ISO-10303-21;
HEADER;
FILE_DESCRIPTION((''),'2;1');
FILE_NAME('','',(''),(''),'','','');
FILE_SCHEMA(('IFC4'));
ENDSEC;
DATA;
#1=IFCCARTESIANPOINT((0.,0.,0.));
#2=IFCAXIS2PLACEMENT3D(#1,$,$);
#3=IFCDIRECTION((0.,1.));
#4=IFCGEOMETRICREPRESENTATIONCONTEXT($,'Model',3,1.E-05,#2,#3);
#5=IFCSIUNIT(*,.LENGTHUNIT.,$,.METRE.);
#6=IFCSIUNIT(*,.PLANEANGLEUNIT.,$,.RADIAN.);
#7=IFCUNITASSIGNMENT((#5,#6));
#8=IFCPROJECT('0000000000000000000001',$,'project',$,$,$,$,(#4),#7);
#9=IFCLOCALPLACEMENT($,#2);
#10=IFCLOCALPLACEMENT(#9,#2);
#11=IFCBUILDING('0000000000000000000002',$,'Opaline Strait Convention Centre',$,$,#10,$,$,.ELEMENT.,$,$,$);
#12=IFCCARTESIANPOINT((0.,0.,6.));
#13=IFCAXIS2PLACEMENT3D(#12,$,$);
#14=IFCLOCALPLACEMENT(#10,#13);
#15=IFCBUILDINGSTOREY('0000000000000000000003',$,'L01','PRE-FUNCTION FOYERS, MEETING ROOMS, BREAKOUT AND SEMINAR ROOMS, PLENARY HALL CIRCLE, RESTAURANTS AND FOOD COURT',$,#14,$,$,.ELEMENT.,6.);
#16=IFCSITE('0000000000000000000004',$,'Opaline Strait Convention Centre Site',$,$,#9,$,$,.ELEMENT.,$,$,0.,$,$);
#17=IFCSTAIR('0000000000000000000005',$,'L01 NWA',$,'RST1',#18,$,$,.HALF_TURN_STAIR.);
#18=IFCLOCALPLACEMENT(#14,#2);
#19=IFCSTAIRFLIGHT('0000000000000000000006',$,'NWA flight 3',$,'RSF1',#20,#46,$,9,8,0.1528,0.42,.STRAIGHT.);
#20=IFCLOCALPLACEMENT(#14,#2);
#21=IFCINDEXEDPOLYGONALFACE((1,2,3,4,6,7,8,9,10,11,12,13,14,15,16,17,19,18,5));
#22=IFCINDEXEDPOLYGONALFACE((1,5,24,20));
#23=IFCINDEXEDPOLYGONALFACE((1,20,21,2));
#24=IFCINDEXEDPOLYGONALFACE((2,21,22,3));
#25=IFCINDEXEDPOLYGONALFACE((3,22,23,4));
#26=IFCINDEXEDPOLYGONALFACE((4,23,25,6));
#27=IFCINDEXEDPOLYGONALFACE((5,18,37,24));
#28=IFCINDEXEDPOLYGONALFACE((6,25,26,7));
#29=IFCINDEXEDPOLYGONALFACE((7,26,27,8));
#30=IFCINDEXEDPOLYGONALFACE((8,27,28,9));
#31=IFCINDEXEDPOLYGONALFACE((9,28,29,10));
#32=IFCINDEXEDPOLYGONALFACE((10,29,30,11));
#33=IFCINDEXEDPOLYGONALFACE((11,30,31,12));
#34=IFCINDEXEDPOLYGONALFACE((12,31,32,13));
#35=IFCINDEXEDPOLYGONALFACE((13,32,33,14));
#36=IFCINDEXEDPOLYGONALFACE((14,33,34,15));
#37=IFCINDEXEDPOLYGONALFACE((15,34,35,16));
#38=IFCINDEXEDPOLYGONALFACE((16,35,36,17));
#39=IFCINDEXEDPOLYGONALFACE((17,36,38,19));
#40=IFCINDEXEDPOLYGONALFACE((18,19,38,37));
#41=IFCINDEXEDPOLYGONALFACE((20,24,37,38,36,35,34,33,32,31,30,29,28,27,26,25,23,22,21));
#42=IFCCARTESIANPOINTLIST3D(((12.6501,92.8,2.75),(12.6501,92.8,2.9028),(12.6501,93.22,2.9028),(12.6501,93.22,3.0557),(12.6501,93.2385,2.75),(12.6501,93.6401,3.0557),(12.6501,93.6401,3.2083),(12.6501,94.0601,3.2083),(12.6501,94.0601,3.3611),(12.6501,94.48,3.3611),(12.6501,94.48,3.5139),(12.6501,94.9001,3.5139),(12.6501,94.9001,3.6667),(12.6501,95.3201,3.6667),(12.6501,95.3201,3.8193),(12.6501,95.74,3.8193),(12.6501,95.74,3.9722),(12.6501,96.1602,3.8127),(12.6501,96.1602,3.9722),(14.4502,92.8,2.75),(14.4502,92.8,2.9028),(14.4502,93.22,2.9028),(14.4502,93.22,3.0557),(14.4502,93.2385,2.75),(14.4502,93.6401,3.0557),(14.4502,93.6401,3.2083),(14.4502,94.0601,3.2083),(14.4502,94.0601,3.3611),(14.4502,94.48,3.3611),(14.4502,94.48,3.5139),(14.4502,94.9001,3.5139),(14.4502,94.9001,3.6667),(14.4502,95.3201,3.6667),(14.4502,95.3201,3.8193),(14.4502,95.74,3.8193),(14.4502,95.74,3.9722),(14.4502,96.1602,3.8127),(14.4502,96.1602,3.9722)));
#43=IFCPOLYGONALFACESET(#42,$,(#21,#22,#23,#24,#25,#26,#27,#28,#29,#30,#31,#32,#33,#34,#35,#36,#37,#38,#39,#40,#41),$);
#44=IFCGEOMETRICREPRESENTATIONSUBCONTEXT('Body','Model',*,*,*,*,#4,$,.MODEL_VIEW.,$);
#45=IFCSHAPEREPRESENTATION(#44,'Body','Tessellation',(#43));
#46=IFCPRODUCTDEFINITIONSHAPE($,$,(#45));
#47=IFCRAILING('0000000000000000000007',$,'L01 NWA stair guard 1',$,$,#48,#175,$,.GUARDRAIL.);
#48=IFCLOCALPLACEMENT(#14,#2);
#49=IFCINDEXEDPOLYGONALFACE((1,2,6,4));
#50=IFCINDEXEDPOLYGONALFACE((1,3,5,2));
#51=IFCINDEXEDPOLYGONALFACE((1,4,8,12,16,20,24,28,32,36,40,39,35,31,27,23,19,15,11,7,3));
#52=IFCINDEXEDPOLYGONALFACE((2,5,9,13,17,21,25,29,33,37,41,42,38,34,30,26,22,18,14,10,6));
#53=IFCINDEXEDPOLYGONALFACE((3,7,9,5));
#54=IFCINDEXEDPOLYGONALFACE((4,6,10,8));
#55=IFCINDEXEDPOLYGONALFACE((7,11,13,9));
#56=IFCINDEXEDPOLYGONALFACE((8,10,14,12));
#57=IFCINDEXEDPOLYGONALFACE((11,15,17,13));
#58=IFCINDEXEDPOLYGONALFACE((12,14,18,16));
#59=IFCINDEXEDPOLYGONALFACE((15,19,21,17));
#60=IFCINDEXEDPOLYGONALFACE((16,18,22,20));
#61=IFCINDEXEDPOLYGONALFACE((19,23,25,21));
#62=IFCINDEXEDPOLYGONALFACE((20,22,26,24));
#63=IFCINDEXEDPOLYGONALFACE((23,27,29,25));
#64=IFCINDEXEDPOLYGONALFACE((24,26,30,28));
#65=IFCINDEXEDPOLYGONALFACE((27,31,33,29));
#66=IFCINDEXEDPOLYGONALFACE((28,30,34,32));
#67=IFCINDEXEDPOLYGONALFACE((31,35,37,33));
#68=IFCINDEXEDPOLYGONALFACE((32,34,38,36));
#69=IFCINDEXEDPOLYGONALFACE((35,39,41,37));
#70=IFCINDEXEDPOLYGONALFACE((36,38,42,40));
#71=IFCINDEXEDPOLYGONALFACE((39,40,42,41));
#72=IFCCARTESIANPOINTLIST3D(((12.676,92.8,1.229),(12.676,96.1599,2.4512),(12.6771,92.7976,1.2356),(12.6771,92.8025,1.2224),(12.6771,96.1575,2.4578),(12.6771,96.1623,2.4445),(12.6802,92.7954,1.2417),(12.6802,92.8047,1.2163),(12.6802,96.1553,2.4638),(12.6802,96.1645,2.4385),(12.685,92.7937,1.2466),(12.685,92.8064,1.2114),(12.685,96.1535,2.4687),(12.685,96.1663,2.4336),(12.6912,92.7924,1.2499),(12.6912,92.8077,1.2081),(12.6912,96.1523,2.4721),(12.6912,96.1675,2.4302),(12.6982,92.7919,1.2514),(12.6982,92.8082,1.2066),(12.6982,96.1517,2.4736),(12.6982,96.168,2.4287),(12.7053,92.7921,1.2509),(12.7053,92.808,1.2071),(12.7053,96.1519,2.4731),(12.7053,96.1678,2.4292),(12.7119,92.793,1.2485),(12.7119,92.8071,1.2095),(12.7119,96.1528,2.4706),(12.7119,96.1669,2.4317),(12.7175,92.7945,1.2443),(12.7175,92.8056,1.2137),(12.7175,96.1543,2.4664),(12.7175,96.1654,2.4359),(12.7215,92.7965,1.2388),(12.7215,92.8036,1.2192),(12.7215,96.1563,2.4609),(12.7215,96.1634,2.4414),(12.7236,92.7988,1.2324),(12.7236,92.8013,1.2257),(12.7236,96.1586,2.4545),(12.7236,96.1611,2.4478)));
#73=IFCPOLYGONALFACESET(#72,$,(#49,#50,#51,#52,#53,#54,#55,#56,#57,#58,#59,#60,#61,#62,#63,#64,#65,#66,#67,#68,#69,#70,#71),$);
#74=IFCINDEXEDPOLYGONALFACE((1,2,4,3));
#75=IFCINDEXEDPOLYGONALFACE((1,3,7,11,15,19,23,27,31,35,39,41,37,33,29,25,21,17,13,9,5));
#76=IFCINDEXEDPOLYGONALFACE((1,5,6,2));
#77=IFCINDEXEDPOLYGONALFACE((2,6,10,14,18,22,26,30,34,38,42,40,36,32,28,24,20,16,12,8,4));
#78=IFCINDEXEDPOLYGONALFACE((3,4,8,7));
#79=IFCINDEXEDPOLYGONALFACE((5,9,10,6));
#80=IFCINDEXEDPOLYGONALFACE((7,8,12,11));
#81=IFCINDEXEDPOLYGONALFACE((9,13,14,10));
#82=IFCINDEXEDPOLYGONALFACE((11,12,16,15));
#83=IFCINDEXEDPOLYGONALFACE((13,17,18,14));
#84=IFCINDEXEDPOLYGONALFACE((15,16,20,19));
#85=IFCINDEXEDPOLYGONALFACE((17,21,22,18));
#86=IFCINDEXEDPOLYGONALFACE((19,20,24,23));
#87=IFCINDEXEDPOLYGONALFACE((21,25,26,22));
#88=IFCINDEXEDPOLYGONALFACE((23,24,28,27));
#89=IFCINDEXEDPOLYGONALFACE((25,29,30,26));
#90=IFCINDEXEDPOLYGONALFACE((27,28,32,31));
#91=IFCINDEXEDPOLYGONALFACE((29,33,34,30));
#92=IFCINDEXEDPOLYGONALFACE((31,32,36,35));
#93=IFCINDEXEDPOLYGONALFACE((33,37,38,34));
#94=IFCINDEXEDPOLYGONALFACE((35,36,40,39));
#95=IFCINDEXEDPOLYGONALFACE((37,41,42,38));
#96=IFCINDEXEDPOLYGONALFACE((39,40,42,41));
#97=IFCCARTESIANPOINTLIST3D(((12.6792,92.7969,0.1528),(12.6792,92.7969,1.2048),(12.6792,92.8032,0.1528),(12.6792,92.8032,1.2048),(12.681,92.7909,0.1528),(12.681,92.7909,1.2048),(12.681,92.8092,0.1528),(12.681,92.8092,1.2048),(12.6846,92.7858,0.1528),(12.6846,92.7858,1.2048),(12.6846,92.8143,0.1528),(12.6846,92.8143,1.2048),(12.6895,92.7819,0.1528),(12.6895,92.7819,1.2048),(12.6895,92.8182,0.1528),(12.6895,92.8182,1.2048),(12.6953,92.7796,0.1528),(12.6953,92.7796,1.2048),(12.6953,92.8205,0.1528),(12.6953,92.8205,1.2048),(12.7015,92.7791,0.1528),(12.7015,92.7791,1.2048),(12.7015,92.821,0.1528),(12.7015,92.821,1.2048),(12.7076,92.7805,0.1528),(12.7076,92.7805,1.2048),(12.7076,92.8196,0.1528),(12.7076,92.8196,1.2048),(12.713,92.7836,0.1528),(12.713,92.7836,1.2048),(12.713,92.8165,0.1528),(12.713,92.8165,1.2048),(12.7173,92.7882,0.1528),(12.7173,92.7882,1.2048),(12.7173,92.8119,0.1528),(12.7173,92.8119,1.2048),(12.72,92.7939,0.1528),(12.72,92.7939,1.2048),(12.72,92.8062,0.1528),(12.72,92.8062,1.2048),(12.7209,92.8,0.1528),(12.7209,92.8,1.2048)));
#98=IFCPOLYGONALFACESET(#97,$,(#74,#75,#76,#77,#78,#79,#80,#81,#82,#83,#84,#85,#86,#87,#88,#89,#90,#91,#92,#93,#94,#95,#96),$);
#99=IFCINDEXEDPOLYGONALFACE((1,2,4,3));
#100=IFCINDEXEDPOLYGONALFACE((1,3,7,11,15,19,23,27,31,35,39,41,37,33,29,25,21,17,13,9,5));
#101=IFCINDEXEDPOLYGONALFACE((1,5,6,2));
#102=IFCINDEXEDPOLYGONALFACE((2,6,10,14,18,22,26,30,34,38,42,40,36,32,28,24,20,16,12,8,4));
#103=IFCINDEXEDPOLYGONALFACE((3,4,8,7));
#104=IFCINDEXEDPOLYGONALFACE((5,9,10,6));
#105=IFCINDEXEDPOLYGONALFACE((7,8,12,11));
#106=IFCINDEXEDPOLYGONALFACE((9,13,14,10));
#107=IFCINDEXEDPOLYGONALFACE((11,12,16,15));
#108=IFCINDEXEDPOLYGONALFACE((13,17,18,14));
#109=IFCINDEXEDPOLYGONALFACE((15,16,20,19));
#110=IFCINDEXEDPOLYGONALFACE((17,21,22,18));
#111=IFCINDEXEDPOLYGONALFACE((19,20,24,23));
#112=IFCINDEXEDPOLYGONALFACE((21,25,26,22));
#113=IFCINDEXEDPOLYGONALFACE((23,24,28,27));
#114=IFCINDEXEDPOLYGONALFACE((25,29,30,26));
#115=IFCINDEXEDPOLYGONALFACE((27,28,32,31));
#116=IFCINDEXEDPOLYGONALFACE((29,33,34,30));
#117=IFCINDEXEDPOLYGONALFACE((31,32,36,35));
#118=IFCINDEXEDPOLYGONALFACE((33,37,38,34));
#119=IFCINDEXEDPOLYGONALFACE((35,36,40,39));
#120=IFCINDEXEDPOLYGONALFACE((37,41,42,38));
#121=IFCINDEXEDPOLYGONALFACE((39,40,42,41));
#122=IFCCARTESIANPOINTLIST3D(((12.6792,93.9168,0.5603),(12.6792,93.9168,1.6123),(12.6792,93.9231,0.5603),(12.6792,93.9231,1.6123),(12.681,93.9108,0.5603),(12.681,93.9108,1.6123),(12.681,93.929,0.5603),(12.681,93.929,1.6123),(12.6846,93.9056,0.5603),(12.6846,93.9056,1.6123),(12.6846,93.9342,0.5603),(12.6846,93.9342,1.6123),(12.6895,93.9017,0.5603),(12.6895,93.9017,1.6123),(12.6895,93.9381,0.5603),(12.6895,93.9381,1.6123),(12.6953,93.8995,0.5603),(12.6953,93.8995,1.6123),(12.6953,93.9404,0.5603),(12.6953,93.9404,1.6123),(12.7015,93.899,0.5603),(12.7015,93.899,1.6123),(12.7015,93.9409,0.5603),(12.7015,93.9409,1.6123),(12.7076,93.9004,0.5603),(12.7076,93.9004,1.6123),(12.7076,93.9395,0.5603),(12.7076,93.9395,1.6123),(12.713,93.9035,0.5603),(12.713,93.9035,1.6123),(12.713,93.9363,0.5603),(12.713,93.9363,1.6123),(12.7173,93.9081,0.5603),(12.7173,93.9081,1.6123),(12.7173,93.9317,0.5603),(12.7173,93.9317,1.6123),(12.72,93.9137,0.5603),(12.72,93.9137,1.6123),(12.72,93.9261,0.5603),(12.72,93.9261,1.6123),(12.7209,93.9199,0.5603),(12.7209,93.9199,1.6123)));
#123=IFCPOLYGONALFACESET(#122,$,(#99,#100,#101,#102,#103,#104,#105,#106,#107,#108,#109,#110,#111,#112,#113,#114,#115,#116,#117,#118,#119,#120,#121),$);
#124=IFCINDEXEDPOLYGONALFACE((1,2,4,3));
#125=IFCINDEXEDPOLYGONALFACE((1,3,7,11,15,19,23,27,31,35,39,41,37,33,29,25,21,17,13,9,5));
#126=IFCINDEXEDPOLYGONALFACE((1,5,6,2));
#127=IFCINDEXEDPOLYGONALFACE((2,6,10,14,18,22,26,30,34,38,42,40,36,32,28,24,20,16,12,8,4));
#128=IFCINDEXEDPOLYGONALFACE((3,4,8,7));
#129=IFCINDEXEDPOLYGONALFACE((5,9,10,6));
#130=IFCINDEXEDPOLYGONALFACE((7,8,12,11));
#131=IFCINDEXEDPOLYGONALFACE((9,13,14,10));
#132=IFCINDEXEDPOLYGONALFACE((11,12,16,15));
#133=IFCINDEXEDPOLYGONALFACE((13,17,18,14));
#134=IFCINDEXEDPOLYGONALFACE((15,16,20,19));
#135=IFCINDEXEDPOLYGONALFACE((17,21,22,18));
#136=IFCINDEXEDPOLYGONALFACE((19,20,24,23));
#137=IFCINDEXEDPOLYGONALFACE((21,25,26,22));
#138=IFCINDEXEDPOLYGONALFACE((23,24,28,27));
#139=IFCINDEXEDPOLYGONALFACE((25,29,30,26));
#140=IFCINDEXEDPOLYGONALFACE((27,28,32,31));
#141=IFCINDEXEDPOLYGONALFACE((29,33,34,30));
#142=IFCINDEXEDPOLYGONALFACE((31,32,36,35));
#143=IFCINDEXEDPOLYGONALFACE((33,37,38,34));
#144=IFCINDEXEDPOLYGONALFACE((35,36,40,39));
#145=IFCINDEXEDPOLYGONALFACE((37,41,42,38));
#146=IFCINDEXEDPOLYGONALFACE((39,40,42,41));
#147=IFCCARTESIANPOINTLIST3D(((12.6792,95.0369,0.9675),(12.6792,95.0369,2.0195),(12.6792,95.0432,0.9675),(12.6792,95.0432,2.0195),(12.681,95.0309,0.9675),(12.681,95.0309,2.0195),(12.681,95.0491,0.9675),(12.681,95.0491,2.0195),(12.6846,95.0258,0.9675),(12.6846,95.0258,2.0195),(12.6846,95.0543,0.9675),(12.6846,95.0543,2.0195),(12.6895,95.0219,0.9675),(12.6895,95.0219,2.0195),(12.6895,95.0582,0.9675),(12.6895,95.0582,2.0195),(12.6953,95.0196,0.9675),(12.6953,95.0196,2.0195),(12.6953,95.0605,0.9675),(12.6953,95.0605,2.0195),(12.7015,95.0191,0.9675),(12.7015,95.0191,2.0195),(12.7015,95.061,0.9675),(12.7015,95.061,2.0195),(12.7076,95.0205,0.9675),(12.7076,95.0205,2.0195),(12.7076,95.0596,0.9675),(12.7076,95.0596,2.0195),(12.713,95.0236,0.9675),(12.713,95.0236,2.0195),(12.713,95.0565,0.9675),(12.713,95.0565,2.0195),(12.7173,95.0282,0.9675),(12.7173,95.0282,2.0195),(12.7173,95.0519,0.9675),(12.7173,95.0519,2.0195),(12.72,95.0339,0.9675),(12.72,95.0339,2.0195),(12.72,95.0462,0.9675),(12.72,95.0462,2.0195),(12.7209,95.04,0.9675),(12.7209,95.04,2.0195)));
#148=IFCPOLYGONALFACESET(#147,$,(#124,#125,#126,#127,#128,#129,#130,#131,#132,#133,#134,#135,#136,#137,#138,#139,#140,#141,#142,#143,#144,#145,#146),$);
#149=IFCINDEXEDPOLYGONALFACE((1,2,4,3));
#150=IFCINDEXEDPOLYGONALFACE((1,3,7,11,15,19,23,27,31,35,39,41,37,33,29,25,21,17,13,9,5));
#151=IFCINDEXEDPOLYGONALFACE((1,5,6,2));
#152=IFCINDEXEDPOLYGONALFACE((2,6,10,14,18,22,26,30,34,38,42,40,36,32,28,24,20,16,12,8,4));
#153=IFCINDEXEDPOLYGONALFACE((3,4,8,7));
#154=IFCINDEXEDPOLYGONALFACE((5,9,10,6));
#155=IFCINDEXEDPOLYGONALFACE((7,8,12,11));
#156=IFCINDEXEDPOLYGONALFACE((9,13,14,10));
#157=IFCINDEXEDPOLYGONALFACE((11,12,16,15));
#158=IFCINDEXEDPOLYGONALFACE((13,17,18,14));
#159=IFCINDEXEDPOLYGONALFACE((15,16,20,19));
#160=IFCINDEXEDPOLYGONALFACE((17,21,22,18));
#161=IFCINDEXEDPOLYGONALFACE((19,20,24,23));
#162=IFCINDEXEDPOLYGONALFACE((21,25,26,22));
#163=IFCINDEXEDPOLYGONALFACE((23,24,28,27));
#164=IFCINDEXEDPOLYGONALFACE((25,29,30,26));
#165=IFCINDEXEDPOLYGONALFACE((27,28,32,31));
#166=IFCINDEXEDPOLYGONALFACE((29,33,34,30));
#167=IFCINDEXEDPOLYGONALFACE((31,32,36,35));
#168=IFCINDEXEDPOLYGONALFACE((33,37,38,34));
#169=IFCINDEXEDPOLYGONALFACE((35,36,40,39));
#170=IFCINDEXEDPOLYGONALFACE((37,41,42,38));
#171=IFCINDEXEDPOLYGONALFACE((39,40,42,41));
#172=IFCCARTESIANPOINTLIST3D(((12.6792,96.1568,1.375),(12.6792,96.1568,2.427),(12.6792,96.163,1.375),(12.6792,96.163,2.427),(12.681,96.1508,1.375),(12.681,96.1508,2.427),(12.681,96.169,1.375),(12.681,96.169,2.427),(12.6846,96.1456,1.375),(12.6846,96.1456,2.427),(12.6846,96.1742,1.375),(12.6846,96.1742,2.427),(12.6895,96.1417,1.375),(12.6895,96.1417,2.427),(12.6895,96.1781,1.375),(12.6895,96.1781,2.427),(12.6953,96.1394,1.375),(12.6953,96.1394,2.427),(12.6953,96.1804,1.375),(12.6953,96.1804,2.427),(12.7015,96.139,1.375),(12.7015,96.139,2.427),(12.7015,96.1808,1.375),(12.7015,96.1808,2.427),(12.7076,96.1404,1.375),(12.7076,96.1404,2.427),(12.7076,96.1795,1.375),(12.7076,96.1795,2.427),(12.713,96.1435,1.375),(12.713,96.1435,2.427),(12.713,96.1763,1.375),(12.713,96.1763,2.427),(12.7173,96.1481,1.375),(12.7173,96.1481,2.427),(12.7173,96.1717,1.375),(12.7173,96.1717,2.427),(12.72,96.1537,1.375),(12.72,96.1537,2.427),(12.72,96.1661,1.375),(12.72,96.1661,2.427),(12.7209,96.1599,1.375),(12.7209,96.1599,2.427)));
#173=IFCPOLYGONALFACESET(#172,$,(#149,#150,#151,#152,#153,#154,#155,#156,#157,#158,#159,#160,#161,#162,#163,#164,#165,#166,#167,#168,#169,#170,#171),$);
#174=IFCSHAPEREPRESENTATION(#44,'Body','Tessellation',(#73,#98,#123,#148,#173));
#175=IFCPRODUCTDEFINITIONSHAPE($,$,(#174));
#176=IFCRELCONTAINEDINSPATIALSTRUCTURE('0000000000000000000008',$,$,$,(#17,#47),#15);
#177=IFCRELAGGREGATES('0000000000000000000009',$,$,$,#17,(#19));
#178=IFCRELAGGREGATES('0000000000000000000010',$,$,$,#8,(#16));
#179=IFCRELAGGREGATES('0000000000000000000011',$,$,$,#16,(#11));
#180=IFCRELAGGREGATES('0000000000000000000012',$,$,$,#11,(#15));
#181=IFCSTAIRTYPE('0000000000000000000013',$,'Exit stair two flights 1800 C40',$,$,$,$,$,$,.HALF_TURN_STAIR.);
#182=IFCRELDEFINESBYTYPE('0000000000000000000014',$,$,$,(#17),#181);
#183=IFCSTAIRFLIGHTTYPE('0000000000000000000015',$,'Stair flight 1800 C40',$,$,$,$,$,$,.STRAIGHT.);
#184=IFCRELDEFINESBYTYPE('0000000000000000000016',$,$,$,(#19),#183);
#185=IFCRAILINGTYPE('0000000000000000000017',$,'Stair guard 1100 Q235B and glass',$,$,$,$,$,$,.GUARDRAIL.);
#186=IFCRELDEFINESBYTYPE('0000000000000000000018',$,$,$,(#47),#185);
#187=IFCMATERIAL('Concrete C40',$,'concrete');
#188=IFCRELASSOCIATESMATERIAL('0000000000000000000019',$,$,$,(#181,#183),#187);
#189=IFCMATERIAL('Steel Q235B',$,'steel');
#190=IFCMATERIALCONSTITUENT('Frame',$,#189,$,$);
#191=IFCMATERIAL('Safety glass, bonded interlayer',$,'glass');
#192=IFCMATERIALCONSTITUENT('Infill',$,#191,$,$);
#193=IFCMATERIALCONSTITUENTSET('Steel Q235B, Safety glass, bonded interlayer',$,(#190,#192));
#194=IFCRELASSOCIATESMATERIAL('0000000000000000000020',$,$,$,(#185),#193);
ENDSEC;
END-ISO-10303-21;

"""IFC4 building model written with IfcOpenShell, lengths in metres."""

from ifc_helpers import new_model, si_unit, direction, frame, origin, origin_2d, place, context, subcontext, project, spatial, polyline, circle, outline, extrude, material, constituent, constituent_set, type_object, element, aggregate, save


model = new_model("IFC4")

# Units and contexts
model_context = context("Model", 3, precision=1e-05, world=origin(), true_north=direction((0.0, 1.0)))
body_context = subcontext(model_context, "Body", "Model", "MODEL_VIEW")
ifc_project = project(units=[si_unit("LENGTHUNIT", "METRE"), si_unit("PLANEANGLEUNIT", "RADIAN")], contexts=[model_context])

# Site, building, storey
site_placement = place(None, origin())
site = spatial("IfcSite", under=ifc_project, at=site_placement, Name="Opaline Strait Convention Centre Site", CompositionType="ELEMENT", RefElevation=0.0)
building_placement = place(site_placement, origin())
building = spatial("IfcBuilding", under=site, at=building_placement, Name="Opaline Strait Convention Centre", CompositionType="ELEMENT")
storey_placement = place(building_placement, frame((0.0, 0.0, 6.0)))
storey = spatial("IfcBuildingStorey", under=building, at=storey_placement, Name="L01", Description="PRE-FUNCTION FOYERS, MEETING ROOMS, BREAKOUT AND SEMINAR ROOMS, PLENARY HALL CIRCLE, RESTAURANTS AND FOOD COURT", CompositionType="ELEMENT", Elevation=6.0)

# Shared definitions
ifc_material_1 = material(Name="Concrete C40", Category="concrete")

# Stair, stair flight
stair_type = type_object("IfcStairType", Name="Exit stair two flights 1800 C40", PredefinedType="HALF_TURN_STAIR", material=ifc_material_1)
stair_placement = place(storey_placement, origin())
stair = element("IfcStair", 1, at=stair_placement, inside=storey, type_object=stair_type, Name="L01 NWA", ObjectType="RST1", PredefinedType="HALF_TURN_STAIR")
stair_flight_type = type_object("IfcStairFlightType", Name="Stair flight 1800 C40", PredefinedType="STRAIGHT", material=ifc_material_1)
stair_flight_1_placement = place(storey_placement, frame((13.55, 92.8, 2.75), z_axis=(0.0, 0.0, 1.0), x_axis=(0.0, 1.0, 0.0)))
stair_flight_1 = element("IfcStairFlight", 2, at=stair_flight_1_placement, type_object=stair_flight_type, Name="NWA flight 3", ObjectType="RSF1", NumberOfRisers=9, NumberOfTreads=8, PredefinedType="STRAIGHT", RiserHeight=0.1528, TreadLength=0.42, context=body_context, shape_type="SweptSolid", body=[
    extrude(outline(polyline([(0.0, 0.0), (0.0, 0.1528), (0.4199, 0.1528), (0.4199, 0.3057), (0.8401, 0.3057), (0.8401, 0.4583), (1.26, 0.4583), (1.26, 0.6111), (1.6799, 0.6111), (1.6799, 0.7639), (2.1001, 0.7639), (2.1001, 0.9167), (2.52, 0.9167), (2.52, 1.0693), (2.9399, 1.0693), (2.9399, 1.2222), (3.3601, 1.2222), (3.3601, 1.375), (3.3601, 1.0627), (0.4385, 0.0), (0.0, 0.0)])), frame((0.0, 0.8999, 0.0), z_axis=(0.0, -1.0, 0.0), x_axis=(1.0, 0.0, 0.0)), (0.0, 0.0, 1.0), 1.8),
])
aggregate(stair, [stair_flight_1])

# Railing
ifc_material_2 = material(Name="Steel Q235B", Category="steel")
ifc_constituent_1 = constituent(ifc_material_2, Name="Frame")
ifc_material_3 = material(Name="Safety glass, bonded interlayer", Category="glass")
ifc_constituent_2 = constituent(ifc_material_3, Name="Infill")
ifc_constituent_set = constituent_set(constituents=[ifc_constituent_1, ifc_constituent_2], Name="Steel Q235B, Safety glass, bonded interlayer")
railing_type_1 = type_object("IfcRailingType", Name="Stair guard 1100 Q235B and glass", PredefinedType="GUARDRAIL", material=ifc_constituent_set)
railing_1_placement = place(storey_placement, frame((12.7, 92.8, 0.1528)))
element("IfcRailing", 3, at=railing_1_placement, inside=storey, type_object=railing_type_1, Name="L01 NWA stair guard 1", PredefinedType="GUARDRAIL", context=body_context, shape_type="SweptSolid", body=[
    extrude(circle(Radius=0.0239, at=origin_2d()), frame((0.0, 0.0, 1.0762), z_axis=(0.0, 0.939758, 0.341842), x_axis=(-1.0, 0.0, 0.0)), (0.0, 0.0, 1.0), 3.5752),
    extrude(circle(Radius=0.021, at=origin_2d()), origin(), (0.0, 0.0, 1.0), 1.052),
    extrude(circle(Radius=0.021, at=origin_2d()), frame((0.0, 1.1199, 0.4075)), (0.0, 0.0, 1.0), 1.052),
    extrude(circle(Radius=0.021, at=origin_2d()), frame((0.0, 2.24, 0.8147)), (0.0, 0.0, 1.0), 1.052),
    extrude(circle(Radius=0.021, at=origin_2d()), frame((0.0, 3.3599, 1.2222)), (0.0, 0.0, 1.0), 1.052),
])

save(model, "model.ifc")
